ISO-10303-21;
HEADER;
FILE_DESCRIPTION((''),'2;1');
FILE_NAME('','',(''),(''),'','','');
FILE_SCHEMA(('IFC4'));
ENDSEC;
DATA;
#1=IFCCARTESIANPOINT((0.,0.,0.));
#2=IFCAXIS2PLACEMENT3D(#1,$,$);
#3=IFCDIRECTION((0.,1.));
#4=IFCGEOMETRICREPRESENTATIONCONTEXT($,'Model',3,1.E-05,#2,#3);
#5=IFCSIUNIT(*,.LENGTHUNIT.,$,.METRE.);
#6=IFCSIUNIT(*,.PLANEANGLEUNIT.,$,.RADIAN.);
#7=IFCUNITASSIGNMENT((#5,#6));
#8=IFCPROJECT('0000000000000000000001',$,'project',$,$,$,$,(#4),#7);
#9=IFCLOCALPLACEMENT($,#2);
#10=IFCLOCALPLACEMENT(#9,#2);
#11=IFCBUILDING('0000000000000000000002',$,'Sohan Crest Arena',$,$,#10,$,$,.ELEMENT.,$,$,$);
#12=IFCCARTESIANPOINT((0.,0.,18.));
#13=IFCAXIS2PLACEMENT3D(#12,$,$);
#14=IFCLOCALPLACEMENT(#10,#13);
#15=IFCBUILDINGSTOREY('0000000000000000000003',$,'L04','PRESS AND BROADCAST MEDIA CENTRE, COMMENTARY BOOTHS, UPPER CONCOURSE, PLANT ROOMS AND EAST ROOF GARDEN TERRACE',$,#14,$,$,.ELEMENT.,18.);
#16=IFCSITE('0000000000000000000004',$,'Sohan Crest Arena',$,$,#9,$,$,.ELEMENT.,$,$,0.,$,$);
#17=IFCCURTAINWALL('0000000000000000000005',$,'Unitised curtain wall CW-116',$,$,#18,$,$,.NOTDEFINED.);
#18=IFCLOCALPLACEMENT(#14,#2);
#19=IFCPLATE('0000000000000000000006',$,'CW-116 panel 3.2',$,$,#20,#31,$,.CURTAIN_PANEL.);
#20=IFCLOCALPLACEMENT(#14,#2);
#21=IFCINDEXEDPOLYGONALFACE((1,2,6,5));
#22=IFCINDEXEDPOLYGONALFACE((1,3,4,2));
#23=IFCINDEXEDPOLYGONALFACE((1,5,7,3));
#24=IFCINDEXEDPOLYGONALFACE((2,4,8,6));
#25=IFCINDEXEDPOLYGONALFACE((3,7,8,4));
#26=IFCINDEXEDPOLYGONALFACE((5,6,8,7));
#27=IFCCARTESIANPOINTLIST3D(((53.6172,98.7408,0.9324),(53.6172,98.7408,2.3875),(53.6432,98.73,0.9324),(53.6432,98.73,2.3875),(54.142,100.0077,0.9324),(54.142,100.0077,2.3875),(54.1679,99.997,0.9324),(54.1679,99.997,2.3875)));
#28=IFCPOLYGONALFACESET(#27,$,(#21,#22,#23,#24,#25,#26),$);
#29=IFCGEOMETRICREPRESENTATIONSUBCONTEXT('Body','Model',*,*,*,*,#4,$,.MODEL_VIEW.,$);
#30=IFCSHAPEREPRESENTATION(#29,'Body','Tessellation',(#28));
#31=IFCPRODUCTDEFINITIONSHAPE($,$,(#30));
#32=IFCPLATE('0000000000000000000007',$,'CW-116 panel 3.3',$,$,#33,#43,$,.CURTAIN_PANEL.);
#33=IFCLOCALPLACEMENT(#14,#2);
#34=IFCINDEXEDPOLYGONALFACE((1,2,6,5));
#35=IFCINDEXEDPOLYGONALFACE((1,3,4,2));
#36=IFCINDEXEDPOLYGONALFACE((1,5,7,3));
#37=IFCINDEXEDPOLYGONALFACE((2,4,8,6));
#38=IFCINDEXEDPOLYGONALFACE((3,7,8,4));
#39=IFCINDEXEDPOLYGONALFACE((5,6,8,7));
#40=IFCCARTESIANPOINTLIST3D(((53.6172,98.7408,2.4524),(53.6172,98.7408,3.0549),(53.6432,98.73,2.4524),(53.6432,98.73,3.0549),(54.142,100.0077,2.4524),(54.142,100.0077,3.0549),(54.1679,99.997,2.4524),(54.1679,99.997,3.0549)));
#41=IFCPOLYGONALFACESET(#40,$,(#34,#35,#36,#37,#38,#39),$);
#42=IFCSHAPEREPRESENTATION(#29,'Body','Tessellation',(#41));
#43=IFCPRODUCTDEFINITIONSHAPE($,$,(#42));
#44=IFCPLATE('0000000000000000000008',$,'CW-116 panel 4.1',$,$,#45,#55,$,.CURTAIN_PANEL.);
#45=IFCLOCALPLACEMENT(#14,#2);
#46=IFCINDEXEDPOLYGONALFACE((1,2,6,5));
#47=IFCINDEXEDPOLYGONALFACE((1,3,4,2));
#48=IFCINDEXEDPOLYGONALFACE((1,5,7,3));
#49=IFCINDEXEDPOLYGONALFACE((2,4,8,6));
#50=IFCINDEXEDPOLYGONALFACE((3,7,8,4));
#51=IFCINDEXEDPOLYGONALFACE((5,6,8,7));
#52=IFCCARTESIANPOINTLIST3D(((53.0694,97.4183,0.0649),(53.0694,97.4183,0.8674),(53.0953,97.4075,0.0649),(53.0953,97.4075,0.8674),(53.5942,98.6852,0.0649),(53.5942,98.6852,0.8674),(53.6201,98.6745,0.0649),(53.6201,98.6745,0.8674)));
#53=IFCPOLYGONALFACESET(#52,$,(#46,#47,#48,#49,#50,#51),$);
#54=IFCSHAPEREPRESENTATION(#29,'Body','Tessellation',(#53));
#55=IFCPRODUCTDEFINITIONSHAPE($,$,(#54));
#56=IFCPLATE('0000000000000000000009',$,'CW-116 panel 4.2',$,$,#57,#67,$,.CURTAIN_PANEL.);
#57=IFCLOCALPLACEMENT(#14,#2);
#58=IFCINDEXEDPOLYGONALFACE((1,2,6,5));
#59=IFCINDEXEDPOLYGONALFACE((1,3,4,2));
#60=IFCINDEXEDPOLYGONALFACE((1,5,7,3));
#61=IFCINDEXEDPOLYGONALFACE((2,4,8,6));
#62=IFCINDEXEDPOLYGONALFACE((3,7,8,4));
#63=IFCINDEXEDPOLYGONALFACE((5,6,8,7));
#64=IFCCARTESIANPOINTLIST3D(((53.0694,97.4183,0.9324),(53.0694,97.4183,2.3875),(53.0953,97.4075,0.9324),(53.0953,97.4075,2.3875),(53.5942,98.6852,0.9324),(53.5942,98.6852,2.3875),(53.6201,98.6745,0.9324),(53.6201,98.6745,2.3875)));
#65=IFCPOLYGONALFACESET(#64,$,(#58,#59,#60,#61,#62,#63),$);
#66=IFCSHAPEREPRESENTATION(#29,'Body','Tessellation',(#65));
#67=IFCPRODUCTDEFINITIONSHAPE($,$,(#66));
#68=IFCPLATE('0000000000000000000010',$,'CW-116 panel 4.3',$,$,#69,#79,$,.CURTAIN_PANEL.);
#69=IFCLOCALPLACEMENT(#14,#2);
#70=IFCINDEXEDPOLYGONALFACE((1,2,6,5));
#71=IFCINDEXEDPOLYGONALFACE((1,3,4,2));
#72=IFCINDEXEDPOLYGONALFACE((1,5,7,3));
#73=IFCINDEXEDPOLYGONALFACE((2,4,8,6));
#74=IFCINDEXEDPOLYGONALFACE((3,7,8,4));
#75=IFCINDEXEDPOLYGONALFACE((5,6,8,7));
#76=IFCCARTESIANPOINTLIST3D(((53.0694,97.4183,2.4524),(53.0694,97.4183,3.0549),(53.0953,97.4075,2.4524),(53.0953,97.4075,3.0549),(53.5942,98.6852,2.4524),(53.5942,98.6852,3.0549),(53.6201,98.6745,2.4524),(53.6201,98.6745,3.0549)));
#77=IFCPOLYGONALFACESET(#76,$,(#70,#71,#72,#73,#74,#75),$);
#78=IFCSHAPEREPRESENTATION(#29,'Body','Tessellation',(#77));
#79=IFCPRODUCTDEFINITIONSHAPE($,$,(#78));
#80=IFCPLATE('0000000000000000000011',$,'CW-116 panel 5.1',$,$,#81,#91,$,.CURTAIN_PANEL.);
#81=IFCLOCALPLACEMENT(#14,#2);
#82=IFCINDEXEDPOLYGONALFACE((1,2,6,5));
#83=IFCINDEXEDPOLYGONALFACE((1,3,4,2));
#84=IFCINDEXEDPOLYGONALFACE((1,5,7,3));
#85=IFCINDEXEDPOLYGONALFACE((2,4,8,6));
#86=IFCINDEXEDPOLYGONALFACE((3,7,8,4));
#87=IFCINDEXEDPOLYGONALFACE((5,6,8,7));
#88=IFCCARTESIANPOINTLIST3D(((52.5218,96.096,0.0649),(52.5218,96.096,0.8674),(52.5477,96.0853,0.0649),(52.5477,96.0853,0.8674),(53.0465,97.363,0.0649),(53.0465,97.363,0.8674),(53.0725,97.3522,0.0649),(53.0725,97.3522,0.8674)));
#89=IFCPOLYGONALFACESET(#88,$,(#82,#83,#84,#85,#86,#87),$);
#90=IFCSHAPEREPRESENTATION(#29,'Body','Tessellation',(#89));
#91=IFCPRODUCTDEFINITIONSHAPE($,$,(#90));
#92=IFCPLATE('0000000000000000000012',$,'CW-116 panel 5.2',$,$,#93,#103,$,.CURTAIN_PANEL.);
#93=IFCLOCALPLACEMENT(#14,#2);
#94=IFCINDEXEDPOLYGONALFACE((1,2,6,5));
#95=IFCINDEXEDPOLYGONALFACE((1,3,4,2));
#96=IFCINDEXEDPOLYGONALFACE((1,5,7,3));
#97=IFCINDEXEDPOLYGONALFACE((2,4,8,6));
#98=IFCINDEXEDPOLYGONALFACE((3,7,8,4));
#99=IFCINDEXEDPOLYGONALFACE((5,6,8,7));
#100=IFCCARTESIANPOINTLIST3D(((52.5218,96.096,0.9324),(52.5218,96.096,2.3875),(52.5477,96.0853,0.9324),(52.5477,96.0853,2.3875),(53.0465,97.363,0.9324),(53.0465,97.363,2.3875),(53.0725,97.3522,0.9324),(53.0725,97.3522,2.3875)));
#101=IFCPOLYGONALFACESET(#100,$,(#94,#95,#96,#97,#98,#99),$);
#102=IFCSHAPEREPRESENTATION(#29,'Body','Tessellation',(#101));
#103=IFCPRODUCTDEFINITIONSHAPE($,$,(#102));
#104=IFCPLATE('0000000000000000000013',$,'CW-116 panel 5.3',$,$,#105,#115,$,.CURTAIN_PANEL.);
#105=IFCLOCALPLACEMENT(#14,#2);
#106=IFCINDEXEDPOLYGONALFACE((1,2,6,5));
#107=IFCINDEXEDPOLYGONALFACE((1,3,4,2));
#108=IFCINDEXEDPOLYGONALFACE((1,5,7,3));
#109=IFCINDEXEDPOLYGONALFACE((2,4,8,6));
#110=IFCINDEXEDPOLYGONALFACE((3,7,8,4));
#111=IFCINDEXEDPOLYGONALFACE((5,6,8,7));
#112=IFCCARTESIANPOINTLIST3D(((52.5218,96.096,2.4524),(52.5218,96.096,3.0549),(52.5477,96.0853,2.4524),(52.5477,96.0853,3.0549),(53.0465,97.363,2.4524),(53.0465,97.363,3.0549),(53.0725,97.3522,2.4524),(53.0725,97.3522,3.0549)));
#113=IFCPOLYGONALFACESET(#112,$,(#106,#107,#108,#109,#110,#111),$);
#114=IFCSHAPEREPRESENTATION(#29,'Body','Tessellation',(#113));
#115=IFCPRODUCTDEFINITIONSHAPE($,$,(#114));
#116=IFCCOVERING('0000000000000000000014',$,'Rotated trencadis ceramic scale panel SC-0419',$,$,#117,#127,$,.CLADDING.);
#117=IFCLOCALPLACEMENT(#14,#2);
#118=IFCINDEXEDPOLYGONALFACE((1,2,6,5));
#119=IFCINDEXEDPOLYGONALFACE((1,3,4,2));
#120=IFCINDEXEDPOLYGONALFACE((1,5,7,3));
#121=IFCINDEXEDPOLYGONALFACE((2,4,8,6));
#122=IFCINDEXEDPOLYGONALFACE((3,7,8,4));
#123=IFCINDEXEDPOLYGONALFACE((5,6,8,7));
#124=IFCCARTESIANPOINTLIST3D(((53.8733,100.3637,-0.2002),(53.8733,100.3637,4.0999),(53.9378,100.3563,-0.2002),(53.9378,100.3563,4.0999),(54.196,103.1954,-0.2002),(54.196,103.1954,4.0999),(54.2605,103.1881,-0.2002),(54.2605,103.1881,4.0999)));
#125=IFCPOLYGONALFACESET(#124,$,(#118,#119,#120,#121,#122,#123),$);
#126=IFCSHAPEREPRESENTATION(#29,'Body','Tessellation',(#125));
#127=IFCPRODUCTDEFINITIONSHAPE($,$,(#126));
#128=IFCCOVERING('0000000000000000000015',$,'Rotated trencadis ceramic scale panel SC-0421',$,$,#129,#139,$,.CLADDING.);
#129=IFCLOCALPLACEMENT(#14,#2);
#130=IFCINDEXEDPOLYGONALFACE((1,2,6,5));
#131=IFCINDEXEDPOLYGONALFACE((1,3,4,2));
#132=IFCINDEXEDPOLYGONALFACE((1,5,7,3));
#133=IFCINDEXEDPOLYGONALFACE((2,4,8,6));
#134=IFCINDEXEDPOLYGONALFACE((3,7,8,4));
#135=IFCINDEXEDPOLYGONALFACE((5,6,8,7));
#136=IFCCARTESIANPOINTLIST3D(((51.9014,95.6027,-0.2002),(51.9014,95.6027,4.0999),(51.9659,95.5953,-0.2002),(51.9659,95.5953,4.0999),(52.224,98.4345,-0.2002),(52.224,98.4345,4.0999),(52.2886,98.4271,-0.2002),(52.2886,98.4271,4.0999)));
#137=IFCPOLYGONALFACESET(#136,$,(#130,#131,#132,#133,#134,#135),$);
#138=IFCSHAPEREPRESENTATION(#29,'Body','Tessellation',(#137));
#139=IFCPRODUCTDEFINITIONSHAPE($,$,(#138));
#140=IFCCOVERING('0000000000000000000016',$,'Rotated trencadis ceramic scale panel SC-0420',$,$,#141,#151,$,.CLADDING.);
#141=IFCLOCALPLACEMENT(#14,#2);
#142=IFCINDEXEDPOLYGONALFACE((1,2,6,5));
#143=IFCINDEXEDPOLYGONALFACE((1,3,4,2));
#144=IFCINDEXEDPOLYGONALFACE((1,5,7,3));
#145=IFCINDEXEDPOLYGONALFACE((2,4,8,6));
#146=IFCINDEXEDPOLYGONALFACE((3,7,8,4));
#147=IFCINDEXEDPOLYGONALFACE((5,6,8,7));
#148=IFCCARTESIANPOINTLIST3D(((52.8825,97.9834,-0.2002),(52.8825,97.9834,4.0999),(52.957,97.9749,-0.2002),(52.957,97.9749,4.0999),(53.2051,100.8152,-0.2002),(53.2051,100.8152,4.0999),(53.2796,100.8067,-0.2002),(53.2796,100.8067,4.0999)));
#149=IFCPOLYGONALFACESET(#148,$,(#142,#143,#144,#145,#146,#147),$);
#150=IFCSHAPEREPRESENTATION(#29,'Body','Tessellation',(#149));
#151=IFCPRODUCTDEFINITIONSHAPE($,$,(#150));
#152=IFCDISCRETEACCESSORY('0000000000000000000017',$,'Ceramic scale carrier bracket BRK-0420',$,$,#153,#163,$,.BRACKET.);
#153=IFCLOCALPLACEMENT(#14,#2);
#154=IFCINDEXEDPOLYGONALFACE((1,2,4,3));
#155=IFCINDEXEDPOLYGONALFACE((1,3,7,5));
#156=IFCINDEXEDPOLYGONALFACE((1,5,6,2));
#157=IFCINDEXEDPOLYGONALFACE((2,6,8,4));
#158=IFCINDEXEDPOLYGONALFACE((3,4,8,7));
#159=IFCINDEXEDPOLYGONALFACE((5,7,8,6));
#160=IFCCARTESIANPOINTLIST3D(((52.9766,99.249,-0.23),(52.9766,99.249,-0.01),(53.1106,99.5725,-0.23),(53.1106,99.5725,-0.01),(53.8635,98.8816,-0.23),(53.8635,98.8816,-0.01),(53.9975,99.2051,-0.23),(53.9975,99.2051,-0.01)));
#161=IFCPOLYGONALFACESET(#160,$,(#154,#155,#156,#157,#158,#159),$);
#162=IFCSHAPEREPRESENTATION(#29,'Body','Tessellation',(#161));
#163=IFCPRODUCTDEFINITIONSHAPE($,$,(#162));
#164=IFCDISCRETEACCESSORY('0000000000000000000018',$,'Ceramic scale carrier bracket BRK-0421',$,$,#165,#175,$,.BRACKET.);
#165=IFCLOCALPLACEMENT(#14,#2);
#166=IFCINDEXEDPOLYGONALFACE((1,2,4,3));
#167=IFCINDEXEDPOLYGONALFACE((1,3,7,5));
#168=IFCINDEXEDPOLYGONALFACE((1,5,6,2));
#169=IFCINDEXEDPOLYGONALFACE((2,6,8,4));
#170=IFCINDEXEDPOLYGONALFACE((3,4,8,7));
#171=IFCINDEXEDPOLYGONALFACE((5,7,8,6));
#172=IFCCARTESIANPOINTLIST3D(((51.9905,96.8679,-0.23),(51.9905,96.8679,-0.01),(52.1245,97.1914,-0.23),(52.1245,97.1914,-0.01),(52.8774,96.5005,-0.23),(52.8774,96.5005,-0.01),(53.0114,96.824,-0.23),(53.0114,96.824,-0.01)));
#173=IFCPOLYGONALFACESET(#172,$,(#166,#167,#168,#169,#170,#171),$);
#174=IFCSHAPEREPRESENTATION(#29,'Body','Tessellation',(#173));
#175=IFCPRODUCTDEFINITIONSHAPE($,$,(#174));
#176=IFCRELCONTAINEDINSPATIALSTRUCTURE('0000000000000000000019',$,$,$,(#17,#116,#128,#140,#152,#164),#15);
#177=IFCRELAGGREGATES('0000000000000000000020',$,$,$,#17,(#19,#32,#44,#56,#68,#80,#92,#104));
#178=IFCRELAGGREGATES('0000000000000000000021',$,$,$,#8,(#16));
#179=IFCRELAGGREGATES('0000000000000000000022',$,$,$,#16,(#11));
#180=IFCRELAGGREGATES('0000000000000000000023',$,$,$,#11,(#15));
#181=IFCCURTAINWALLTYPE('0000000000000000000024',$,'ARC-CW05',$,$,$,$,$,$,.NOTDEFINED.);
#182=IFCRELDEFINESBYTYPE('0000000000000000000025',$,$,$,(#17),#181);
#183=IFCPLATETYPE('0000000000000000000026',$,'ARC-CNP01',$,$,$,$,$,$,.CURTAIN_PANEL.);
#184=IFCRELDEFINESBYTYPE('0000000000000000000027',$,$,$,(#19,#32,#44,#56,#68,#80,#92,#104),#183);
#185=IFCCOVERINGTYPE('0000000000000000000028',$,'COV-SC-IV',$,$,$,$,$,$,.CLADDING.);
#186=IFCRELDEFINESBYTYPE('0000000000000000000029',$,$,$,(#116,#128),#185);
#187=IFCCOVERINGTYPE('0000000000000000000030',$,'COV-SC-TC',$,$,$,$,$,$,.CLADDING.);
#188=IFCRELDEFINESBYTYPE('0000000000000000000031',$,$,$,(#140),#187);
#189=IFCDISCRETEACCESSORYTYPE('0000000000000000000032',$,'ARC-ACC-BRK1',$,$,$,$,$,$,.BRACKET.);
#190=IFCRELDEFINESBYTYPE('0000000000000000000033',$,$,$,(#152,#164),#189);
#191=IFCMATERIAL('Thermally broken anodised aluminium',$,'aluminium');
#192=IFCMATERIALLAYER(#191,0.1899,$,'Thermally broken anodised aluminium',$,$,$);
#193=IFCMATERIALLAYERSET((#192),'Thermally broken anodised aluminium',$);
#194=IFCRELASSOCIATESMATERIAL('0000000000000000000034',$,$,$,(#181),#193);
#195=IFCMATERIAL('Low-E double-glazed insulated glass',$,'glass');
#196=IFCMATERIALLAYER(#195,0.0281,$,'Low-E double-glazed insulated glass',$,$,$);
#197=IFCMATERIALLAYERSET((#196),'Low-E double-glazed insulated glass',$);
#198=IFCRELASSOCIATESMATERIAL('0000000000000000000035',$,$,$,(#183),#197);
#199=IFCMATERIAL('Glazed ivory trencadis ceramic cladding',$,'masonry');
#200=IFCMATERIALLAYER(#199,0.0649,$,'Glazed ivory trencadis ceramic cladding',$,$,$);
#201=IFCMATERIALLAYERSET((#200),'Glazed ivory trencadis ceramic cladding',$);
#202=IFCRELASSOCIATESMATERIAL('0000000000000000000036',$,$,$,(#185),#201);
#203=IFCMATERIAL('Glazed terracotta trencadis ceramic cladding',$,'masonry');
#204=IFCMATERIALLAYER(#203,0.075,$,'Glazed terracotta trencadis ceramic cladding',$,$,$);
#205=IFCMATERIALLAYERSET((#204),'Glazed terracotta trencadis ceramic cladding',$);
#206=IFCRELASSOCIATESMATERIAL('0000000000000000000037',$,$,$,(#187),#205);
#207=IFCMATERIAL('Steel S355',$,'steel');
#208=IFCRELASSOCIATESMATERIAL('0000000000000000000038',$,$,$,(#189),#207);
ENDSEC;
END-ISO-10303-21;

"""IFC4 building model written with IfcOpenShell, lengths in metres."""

from ifc_helpers import new_model, si_unit, direction, frame, origin, origin_2d, place, context, subcontext, project, spatial, rectangle, extrude, material, layer, layer_set, type_object, element, aggregate, save


model = new_model("IFC4")

# Units and contexts
model_context = context("Model", 3, precision=1e-05, world=origin(), true_north=direction((0.0, 1.0)))
body_context = subcontext(model_context, "Body", "Model", "MODEL_VIEW")
ifc_project = project(units=[si_unit("LENGTHUNIT", "METRE"), si_unit("PLANEANGLEUNIT", "RADIAN")], contexts=[model_context])

# Site, building, storey
site_placement = place(None, origin())
site = spatial("IfcSite", under=ifc_project, at=site_placement, Name="Sohan Crest Arena", CompositionType="ELEMENT", RefElevation=0.0)
building_placement = place(site_placement, origin())
building = spatial("IfcBuilding", under=site, at=building_placement, Name="Sohan Crest Arena", CompositionType="ELEMENT")
storey_placement = place(building_placement, frame((0.0, 0.0, 18.0)))
storey = spatial("IfcBuildingStorey", under=building, at=storey_placement, Name="L04", Description="PRESS AND BROADCAST MEDIA CENTRE, COMMENTARY BOOTHS, UPPER CONCOURSE, PLANT ROOMS AND EAST ROOF GARDEN TERRACE", CompositionType="ELEMENT", Elevation=18.0)

# Curtain wall, plates
ifc_material_1 = material(Name="Thermally broken anodised aluminium", Category="aluminium")
ifc_layer_1 = layer(ifc_material_1, 0.1899, Name="Thermally broken anodised aluminium")
ifc_layer_set_1 = layer_set([ifc_layer_1], Name="Thermally broken anodised aluminium")
curtain_wall_type = type_object("IfcCurtainWallType", Name="ARC-CW05", PredefinedType="NOTDEFINED", material=ifc_layer_set_1)
curtain_wall_placement = place(storey_placement, origin())
curtain_wall = element("IfcCurtainWall", 1, at=curtain_wall_placement, inside=storey, type_object=curtain_wall_type, Name="Unitised curtain wall CW-116", PredefinedType="NOTDEFINED")
ifc_material_2 = material(Name="Low-E double-glazed insulated glass", Category="glass")
ifc_layer_2 = layer(ifc_material_2, 0.0281, Name="Low-E double-glazed insulated glass")
ifc_layer_set_2 = layer_set([ifc_layer_2], Name="Low-E double-glazed insulated glass")
plate_type = type_object("IfcPlateType", Name="ARC-CNP01", PredefinedType="CURTAIN_PANEL", material=ifc_layer_set_2)
plate_1_placement = place(storey_placement, frame((53.8926, 99.3689, 0.9324), z_axis=(0.0, 0.0, 1.0), x_axis=(-0.382685, -0.923879, 0.0)))
plate_1 = element("IfcPlate", 2, at=plate_1_placement, type_object=plate_type, Name="CW-116 panel 3.2", PredefinedType="CURTAIN_PANEL", context=body_context, shape_type="SweptSolid", body=[
    extrude(rectangle(XDim=1.3713, YDim=0.0281, at=origin_2d()), origin(), (0.0, 0.0, 1.0), 1.4551),
])
plate_2_placement = place(storey_placement, frame((53.8926, 99.3689, 2.4524), z_axis=(0.0, 0.0, 1.0), x_axis=(-0.382685, -0.923879, 0.0)))
plate_2 = element("IfcPlate", 3, at=plate_2_placement, type_object=plate_type, Name="CW-116 panel 3.3", PredefinedType="CURTAIN_PANEL", context=body_context, shape_type="SweptSolid", body=[
    extrude(rectangle(XDim=1.3713, YDim=0.0281, at=origin_2d()), origin(), (0.0, 0.0, 1.0), 0.6025),
])
plate_3_placement = place(storey_placement, frame((53.3447, 98.0464, 0.0649), z_axis=(0.0, 0.0, 1.0), x_axis=(-0.382685, -0.923879, 0.0)))
plate_3 = element("IfcPlate", 4, at=plate_3_placement, type_object=plate_type, Name="CW-116 panel 4.1", PredefinedType="CURTAIN_PANEL", context=body_context, shape_type="SweptSolid", body=[
    extrude(rectangle(XDim=1.3713, YDim=0.0281, at=origin_2d()), origin(), (0.0, 0.0, 1.0), 0.8025),
])
plate_4_placement = place(storey_placement, frame((53.3447, 98.0464, 0.9324), z_axis=(0.0, 0.0, 1.0), x_axis=(-0.382685, -0.923879, 0.0)))
plate_4 = element("IfcPlate", 5, at=plate_4_placement, type_object=plate_type, Name="CW-116 panel 4.2", PredefinedType="CURTAIN_PANEL", context=body_context, shape_type="SweptSolid", body=[
    extrude(rectangle(XDim=1.3713, YDim=0.0281, at=origin_2d()), origin(), (0.0, 0.0, 1.0), 1.4551),
])
plate_5_placement = place(storey_placement, frame((53.3447, 98.0464, 2.4524), z_axis=(0.0, 0.0, 1.0), x_axis=(-0.382685, -0.923879, 0.0)))
plate_5 = element("IfcPlate", 6, at=plate_5_placement, type_object=plate_type, Name="CW-116 panel 4.3", PredefinedType="CURTAIN_PANEL", context=body_context, shape_type="SweptSolid", body=[
    extrude(rectangle(XDim=1.3713, YDim=0.0281, at=origin_2d()), origin(), (0.0, 0.0, 1.0), 0.6025),
])
plate_6_placement = place(storey_placement, frame((52.7971, 96.7241, 0.0649), z_axis=(0.0, 0.0, 1.0), x_axis=(-0.382685, -0.923879, 0.0)))
plate_6 = element("IfcPlate", 7, at=plate_6_placement, type_object=plate_type, Name="CW-116 panel 5.1", PredefinedType="CURTAIN_PANEL", context=body_context, shape_type="SweptSolid", body=[
    extrude(rectangle(XDim=1.3713, YDim=0.0281, at=origin_2d()), origin(), (0.0, 0.0, 1.0), 0.8025),
])
plate_7_placement = place(storey_placement, frame((52.7971, 96.7241, 0.9324), z_axis=(0.0, 0.0, 1.0), x_axis=(-0.382685, -0.923879, 0.0)))
plate_7 = element("IfcPlate", 8, at=plate_7_placement, type_object=plate_type, Name="CW-116 panel 5.2", PredefinedType="CURTAIN_PANEL", context=body_context, shape_type="SweptSolid", body=[
    extrude(rectangle(XDim=1.3713, YDim=0.0281, at=origin_2d()), origin(), (0.0, 0.0, 1.0), 1.4551),
])
plate_8_placement = place(storey_placement, frame((52.7971, 96.7241, 2.4524), z_axis=(0.0, 0.0, 1.0), x_axis=(-0.382685, -0.923879, 0.0)))
plate_8 = element("IfcPlate", 9, at=plate_8_placement, type_object=plate_type, Name="CW-116 panel 5.3", PredefinedType="CURTAIN_PANEL", context=body_context, shape_type="SweptSolid", body=[
    extrude(rectangle(XDim=1.3713, YDim=0.0281, at=origin_2d()), origin(), (0.0, 0.0, 1.0), 0.6025),
])
aggregate(curtain_wall, [plate_1, plate_2, plate_3, plate_4, plate_5, plate_6, plate_7, plate_8])

# Coverings
ifc_material_3 = material(Name="Glazed ivory trencadis ceramic cladding", Category="masonry")
ifc_layer_3 = layer(ifc_material_3, 0.0649, Name="Glazed ivory trencadis ceramic cladding")
ifc_layer_set_3 = layer_set([ifc_layer_3], Name="Glazed ivory trencadis ceramic cladding")
covering_type_1 = type_object("IfcCoveringType", Name="COV-SC-IV", PredefinedType="CLADDING", material=ifc_layer_set_3)
for number, where, z_axis, x_axis, name in (
    (10, (54.0669, 101.7759, -0.2002), (0.0, 0.0, 1.0), (-0.113203, -0.993572, 0.0), "Rotated trencadis ceramic scale panel SC-0419"),
    (11, (52.095, 97.0149, -0.2002), (0.0, 0.0, 1.0), (-0.113203, -0.993572, 0.0), "Rotated trencadis ceramic scale panel SC-0421"),
):
    element("IfcCovering", number, at=place(storey_placement, frame(where, z_axis=z_axis, x_axis=x_axis)), inside=storey, type_object=covering_type_1, Name=name, PredefinedType="CLADDING", context=body_context, shape_type="SweptSolid", body=[
        extrude(rectangle(XDim=2.8501, YDim=0.0649, at=origin_2d()), origin(), (0.0, 0.0, 1.0), 4.3),
    ])
ifc_material_4 = material(Name="Glazed terracotta trencadis ceramic cladding", Category="masonry")
ifc_layer_4 = layer(ifc_material_4, 0.075, Name="Glazed terracotta trencadis ceramic cladding")
ifc_layer_set_4 = layer_set([ifc_layer_4], Name="Glazed terracotta trencadis ceramic cladding")
covering_type_2 = type_object("IfcCoveringType", Name="COV-SC-TC", PredefinedType="CLADDING", material=ifc_layer_set_4)
covering_placement = place(storey_placement, frame((53.0811, 99.395, -0.2002), z_axis=(0.0, 0.0, 1.0), x_axis=(-0.113203, -0.993572, 0.0)))
element("IfcCovering", 12, at=covering_placement, inside=storey, type_object=covering_type_2, Name="Rotated trencadis ceramic scale panel SC-0420", PredefinedType="CLADDING", context=body_context, shape_type="SweptSolid", body=[
    extrude(rectangle(XDim=2.8501, YDim=0.075, at=origin_2d()), origin(), (0.0, 0.0, 1.0), 4.3),
])

# Discrete accessories
ifc_material_5 = material(Name="Steel S355", Category="steel")
discrete_accessory_type = type_object("IfcDiscreteAccessoryType", Name="ARC-ACC-BRK1", PredefinedType="BRACKET", material=ifc_material_5)
for number, where, z_axis, x_axis, name in (
    (13, (53.4871, 99.2271, -0.23), (0.0, 0.0, 1.0), (-0.382683, -0.92388, 0.0), "Ceramic scale carrier bracket BRK-0420"),
    (14, (52.501, 96.8459, -0.23), (0.0, 0.0, 1.0), (-0.382683, -0.92388, 0.0), "Ceramic scale carrier bracket BRK-0421"),
):
    element("IfcDiscreteAccessory", number, at=place(storey_placement, frame(where, z_axis=z_axis, x_axis=x_axis)), inside=storey, type_object=discrete_accessory_type, Name=name, PredefinedType="BRACKET", context=body_context, shape_type="SweptSolid", body=[
        extrude(rectangle(XDim=0.3501, YDim=0.96, at=origin_2d()), origin(), (0.0, 0.0, 1.0), 0.22),
    ])

save(model, "model.ifc")
